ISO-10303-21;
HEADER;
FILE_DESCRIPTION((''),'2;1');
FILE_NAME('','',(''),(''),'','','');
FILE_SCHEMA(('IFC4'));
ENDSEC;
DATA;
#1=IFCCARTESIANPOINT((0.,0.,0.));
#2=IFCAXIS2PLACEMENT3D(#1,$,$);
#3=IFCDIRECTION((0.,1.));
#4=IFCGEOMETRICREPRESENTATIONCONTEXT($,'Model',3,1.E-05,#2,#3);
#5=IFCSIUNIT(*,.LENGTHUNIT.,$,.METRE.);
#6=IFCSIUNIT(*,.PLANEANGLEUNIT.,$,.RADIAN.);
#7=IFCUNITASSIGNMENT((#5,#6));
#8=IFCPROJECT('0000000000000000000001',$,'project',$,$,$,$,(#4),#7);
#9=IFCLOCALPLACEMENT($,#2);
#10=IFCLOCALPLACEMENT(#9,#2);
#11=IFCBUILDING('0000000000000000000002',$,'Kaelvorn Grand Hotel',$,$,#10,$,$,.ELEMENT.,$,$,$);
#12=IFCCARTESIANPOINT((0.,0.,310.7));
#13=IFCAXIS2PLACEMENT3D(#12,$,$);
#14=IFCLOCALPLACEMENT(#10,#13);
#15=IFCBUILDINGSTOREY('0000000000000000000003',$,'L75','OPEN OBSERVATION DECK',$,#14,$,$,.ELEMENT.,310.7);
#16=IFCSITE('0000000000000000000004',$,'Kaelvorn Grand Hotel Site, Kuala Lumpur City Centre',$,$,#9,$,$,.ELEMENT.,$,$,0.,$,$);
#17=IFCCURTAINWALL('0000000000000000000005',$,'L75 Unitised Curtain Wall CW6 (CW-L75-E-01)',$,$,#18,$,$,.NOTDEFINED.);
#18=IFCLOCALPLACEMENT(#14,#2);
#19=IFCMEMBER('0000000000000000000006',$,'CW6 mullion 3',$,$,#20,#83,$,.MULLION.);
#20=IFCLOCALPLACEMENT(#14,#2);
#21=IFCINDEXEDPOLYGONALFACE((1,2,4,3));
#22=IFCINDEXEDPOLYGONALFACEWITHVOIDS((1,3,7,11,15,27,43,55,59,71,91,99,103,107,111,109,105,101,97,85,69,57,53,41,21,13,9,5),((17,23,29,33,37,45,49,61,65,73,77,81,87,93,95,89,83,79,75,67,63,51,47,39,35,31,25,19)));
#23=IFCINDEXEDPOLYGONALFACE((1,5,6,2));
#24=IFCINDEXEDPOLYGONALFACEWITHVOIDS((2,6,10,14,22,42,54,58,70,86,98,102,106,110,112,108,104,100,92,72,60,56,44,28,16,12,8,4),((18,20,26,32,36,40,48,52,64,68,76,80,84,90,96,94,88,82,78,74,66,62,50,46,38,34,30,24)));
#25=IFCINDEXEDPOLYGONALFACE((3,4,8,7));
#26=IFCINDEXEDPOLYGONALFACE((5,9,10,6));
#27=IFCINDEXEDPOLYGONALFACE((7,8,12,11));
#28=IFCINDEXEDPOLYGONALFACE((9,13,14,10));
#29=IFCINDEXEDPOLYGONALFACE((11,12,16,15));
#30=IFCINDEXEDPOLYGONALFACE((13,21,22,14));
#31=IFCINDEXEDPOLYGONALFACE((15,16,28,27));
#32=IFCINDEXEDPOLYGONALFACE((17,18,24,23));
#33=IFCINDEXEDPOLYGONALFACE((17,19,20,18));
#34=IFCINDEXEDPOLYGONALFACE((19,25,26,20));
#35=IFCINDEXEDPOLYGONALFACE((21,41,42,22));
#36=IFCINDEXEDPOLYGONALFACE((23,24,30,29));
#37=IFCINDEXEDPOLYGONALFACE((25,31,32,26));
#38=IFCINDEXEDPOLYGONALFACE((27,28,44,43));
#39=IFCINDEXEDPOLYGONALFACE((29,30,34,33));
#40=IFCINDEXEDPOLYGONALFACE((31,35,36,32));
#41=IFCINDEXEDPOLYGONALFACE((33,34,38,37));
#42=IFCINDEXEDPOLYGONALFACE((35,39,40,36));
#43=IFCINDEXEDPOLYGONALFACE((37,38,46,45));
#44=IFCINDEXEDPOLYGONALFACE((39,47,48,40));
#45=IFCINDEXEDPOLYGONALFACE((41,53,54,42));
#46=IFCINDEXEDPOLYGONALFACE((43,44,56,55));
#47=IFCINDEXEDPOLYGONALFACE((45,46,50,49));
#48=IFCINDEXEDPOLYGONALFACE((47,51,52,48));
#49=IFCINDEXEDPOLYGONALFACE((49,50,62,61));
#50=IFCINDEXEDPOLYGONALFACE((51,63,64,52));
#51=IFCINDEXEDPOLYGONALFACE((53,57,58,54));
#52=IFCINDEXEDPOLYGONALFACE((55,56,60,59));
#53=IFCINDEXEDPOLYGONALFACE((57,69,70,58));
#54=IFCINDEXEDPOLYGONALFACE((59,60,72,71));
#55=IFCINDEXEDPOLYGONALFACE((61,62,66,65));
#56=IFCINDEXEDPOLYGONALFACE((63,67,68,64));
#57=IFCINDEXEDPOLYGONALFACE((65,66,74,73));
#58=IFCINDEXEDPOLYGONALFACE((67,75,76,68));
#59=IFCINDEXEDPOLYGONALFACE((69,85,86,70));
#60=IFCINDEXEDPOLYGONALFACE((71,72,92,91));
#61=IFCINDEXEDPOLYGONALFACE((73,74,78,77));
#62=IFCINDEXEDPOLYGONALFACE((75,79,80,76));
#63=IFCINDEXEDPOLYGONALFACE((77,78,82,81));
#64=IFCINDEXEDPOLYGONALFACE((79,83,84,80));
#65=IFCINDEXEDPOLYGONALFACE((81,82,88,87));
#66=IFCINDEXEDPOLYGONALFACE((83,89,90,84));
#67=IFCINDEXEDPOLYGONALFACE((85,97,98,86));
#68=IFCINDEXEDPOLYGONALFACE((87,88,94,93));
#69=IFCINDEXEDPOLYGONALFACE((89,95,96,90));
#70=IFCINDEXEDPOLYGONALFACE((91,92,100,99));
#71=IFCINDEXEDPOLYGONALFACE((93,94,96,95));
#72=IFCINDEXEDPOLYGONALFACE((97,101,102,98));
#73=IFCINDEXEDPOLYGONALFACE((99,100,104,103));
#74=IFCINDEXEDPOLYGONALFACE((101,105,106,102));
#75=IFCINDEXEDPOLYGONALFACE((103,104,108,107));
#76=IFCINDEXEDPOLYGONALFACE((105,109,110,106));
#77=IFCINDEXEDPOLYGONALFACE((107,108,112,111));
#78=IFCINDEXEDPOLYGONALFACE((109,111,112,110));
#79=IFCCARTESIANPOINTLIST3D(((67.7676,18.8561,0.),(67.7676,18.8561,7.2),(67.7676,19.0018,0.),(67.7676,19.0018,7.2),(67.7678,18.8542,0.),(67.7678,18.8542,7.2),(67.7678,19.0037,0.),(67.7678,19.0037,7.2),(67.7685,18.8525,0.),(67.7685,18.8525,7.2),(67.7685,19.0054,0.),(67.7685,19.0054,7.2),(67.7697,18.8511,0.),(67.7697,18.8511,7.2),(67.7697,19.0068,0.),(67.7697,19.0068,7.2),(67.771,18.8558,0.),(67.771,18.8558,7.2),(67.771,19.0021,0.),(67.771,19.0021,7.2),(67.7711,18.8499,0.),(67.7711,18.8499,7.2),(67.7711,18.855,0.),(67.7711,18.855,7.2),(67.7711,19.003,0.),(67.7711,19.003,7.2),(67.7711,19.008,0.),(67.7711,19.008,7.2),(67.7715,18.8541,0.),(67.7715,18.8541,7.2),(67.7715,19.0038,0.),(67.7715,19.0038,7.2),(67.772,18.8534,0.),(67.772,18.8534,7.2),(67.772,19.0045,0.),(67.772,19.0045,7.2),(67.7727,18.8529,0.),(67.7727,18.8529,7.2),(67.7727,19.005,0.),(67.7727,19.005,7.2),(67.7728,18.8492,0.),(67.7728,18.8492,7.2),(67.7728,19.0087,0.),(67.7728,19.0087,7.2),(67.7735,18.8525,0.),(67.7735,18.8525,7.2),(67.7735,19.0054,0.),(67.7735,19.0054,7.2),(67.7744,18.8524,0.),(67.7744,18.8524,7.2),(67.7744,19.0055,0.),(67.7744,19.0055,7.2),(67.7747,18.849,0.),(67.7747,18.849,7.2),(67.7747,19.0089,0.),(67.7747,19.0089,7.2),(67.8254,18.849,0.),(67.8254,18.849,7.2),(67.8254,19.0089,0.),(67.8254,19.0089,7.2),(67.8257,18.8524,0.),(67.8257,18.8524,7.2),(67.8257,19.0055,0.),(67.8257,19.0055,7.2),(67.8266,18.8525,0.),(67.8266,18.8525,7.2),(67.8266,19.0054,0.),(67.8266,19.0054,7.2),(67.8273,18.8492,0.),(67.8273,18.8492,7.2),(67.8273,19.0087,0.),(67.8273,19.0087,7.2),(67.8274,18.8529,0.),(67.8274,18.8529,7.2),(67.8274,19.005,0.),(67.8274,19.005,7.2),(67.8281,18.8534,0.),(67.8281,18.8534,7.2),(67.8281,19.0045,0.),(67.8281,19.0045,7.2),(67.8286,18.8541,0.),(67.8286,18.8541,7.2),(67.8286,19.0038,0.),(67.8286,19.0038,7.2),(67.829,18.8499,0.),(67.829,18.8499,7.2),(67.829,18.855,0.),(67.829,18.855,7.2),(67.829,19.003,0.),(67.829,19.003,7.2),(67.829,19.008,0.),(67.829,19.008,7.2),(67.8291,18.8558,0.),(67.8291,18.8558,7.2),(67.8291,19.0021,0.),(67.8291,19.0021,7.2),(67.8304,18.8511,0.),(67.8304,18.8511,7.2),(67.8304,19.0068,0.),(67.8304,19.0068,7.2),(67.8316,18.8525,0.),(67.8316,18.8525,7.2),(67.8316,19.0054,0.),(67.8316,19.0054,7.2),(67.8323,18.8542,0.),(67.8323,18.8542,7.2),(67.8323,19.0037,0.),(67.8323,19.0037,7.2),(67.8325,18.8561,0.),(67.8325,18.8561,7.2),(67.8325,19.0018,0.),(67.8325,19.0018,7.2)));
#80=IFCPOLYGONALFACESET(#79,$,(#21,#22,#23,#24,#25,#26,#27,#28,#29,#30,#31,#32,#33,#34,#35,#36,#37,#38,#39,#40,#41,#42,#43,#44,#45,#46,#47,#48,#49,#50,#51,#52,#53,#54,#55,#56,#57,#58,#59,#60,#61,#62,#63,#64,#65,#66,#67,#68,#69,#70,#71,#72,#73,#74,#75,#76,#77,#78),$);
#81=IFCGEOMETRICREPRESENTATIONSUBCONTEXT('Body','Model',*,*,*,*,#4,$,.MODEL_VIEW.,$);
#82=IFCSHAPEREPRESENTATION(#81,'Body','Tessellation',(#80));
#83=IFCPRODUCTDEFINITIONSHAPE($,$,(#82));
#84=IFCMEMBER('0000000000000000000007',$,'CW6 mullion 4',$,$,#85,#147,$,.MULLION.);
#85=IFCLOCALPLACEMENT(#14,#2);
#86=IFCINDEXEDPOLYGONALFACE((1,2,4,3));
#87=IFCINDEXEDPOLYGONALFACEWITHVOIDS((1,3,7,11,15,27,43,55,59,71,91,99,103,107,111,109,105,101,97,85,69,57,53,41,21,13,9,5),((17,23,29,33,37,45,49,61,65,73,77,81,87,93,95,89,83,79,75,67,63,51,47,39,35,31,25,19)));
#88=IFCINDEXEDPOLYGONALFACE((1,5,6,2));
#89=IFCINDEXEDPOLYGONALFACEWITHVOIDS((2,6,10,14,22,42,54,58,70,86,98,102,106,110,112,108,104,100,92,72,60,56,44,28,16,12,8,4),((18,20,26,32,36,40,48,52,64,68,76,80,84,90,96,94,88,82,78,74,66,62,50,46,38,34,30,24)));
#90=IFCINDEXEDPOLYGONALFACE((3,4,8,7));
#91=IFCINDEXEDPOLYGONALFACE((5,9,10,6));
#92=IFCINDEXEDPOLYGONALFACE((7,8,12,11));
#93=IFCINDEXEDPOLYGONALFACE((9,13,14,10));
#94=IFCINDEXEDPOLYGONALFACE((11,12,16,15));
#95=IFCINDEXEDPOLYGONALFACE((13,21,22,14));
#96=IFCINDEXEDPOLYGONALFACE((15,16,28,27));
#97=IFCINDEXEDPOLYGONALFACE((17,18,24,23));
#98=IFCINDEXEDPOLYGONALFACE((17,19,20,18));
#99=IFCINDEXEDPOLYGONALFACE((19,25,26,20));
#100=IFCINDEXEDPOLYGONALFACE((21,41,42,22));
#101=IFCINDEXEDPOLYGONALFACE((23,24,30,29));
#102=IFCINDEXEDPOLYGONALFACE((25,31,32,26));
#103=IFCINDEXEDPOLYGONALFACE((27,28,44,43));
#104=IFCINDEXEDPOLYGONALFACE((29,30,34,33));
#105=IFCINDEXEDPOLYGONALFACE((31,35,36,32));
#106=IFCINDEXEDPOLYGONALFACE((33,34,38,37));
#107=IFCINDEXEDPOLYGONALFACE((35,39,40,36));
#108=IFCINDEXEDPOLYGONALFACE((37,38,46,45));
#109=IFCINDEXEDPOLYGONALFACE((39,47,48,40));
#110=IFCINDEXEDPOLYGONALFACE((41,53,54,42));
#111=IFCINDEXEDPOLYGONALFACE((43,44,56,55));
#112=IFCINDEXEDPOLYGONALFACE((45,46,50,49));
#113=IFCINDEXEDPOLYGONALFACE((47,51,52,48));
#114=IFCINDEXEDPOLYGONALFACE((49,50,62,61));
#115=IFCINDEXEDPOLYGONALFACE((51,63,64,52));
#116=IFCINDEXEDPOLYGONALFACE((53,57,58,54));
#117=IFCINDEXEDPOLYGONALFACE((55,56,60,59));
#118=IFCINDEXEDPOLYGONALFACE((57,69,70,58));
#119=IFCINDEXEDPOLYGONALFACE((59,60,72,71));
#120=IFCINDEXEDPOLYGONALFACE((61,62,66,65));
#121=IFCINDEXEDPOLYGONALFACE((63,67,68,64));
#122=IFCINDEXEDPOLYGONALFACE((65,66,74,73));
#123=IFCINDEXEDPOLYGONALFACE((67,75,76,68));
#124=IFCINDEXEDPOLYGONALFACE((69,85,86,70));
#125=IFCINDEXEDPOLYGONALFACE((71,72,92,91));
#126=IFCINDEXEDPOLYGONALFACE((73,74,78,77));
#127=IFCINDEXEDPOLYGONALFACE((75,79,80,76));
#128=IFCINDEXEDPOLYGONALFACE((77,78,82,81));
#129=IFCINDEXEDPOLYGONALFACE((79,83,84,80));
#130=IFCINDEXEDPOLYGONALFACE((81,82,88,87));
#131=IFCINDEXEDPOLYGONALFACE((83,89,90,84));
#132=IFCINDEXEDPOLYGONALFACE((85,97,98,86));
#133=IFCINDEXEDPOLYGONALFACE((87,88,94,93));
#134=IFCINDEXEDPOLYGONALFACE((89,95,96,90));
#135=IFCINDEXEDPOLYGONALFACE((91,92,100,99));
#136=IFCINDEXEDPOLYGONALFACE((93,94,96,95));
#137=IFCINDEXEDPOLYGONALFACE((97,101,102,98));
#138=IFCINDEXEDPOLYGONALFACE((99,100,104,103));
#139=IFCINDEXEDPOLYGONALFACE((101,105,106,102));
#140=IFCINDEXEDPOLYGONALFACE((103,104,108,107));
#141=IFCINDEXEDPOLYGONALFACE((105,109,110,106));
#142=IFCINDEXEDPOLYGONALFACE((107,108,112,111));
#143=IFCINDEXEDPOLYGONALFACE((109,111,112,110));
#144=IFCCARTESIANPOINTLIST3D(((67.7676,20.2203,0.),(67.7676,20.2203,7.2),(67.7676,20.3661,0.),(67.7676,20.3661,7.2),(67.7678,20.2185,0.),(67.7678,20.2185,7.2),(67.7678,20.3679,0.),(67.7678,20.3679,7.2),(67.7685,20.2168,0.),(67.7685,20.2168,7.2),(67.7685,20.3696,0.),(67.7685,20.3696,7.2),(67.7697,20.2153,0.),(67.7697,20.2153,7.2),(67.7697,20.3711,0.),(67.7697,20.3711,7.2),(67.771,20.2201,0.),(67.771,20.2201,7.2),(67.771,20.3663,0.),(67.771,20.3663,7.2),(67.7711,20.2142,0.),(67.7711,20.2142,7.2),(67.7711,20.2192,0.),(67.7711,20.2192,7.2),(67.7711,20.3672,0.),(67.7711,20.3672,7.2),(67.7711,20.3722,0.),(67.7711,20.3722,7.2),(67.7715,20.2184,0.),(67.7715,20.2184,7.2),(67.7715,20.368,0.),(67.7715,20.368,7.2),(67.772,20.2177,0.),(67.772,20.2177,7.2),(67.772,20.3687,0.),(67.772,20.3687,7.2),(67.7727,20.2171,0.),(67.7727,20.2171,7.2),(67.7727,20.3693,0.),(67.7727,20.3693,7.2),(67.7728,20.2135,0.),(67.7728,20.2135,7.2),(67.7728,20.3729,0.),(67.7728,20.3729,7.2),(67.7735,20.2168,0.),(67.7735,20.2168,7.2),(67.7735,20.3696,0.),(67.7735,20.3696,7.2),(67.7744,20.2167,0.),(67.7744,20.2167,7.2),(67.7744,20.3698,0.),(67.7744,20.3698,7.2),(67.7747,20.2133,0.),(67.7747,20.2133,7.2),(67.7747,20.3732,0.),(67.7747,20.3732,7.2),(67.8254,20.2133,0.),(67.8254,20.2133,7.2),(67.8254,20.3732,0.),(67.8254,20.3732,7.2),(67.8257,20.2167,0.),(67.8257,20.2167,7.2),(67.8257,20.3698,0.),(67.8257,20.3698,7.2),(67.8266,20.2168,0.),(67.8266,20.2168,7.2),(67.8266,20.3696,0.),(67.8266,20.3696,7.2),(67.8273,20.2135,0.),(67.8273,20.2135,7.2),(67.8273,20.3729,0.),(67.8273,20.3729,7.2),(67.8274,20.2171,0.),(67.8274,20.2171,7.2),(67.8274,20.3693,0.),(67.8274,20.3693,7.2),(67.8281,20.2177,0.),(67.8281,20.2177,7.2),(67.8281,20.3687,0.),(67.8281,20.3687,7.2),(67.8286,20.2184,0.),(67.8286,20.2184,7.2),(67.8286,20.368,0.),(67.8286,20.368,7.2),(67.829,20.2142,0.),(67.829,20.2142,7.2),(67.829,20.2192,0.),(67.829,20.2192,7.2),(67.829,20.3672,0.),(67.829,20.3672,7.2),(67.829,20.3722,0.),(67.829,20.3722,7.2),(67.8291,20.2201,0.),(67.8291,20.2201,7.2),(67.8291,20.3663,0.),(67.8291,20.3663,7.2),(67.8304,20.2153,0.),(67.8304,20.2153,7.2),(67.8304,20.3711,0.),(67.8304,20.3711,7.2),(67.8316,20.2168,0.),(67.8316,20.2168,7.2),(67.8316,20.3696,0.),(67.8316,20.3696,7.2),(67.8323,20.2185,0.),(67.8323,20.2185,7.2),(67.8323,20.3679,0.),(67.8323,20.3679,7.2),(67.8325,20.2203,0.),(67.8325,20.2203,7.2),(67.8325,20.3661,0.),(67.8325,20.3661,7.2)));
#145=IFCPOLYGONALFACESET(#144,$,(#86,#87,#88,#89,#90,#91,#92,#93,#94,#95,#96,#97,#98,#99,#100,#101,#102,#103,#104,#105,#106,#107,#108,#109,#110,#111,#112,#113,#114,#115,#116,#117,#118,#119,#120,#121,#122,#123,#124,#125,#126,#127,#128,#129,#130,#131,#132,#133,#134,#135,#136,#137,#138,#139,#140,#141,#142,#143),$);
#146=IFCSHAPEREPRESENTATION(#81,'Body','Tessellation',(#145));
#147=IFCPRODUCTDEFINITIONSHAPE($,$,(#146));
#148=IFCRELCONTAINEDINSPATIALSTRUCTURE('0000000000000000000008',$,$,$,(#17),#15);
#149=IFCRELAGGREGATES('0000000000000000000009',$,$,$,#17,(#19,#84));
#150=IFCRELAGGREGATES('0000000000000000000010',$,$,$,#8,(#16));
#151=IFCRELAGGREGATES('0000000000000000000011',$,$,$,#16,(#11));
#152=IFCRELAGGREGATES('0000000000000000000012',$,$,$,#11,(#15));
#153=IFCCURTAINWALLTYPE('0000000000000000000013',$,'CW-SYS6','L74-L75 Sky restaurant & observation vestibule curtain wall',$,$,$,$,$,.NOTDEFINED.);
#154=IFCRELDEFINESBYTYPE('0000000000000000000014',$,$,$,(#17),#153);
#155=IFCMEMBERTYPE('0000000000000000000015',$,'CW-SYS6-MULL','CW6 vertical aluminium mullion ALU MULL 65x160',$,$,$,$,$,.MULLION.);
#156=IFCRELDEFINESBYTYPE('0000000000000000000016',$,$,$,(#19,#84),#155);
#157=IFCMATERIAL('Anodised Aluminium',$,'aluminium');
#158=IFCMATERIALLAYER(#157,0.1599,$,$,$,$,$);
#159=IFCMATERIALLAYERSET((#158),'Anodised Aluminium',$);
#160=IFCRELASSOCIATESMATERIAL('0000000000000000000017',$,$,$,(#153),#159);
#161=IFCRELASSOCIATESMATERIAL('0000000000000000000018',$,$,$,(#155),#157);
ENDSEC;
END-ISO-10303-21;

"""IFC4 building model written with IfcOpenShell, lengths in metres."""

from ifc_helpers import new_model, si_unit, direction, frame, origin, origin_2d, place, context, subcontext, project, spatial, hollow_rectangle, extrude, material, layer, layer_set, material_profile, profile_set, type_object, element, aggregate, save


model = new_model("IFC4")

# Units and contexts
model_context = context("Model", 3, precision=1e-05, world=origin(), true_north=direction((0.0, 1.0)))
body_context = subcontext(model_context, "Body", "Model", "MODEL_VIEW")
ifc_project = project(units=[si_unit("LENGTHUNIT", "METRE"), si_unit("PLANEANGLEUNIT", "RADIAN")], contexts=[model_context])

# Site, building, storey
site_placement = place(None, origin())
site = spatial("IfcSite", under=ifc_project, at=site_placement, Name="Kaelvorn Grand Hotel Site, Kuala Lumpur City Centre", CompositionType="ELEMENT", RefElevation=0.0)
building_placement = place(site_placement, origin())
building = spatial("IfcBuilding", under=site, at=building_placement, Name="Kaelvorn Grand Hotel", CompositionType="ELEMENT")
storey_placement = place(building_placement, frame((0.0, 0.0, 310.7)))
storey = spatial("IfcBuildingStorey", under=building, at=storey_placement, Name="L75", Description="OPEN OBSERVATION DECK", CompositionType="ELEMENT", Elevation=310.7)

# Curtain wall, members
ifc_material_1 = material(Name="Anodised Aluminium", Category="aluminium")
ifc_layer_1 = layer(ifc_material_1, 0.1599)
ifc_layer_set_1 = layer_set([ifc_layer_1], Name="Anodised Aluminium")
curtain_wall_type = type_object("IfcCurtainWallType", Name="CW-SYS6", Description="L74-L75 Sky restaurant & observation vestibule curtain wall", PredefinedType="NOTDEFINED", material=ifc_layer_set_1)
curtain_wall_placement = place(storey_placement, origin())
curtain_wall = element("IfcCurtainWall", 1, at=curtain_wall_placement, inside=storey, type_object=curtain_wall_type, Name="L75 Unitised Curtain Wall CW6 (CW-L75-E-01)", PredefinedType="NOTDEFINED")
ifc_material_profile_1 = material_profile(ifc_material_1, hollow_rectangle(XDim=0.0649, YDim=0.1599, WallThickness=0.0034, InnerFilletRadius=0.0034, OuterFilletRadius=0.0071, at=origin_2d()), Name="ALU MULL 65x160")
ifc_profile_set_1 = profile_set([ifc_material_profile_1], Name="Anodised Aluminium")
member_type_1 = type_object("IfcMemberType", Name="CW-SYS6-MULL", Description="CW6 vertical aluminium mullion ALU MULL 65x160", PredefinedType="MULLION", material=ifc_profile_set_1)
member_1_placement = place(storey_placement, frame((67.8, 18.929, 0.0), z_axis=(0.0, 0.0, 1.0), x_axis=(-1.0, 0.0, 0.0)))
member_1 = element("IfcMember", 2, at=member_1_placement, type_object=member_type_1, Name="CW6 mullion 3", PredefinedType="MULLION", context=body_context, shape_type="SweptSolid", body=[
    extrude(hollow_rectangle(XDim=0.0649, YDim=0.1599, WallThickness=0.0034, InnerFilletRadius=0.0034, OuterFilletRadius=0.0071, at=origin_2d()), origin(), (0.0, 0.0, 1.0), 7.2),
])
member_2_placement = place(storey_placement, frame((67.8, 20.2932, 0.0), z_axis=(0.0, 0.0, 1.0), x_axis=(-1.0, 0.0, 0.0)))
member_2 = element("IfcMember", 3, at=member_2_placement, type_object=member_type_1, Name="CW6 mullion 4", PredefinedType="MULLION", context=body_context, shape_type="SweptSolid", body=[
    extrude(hollow_rectangle(XDim=0.0649, YDim=0.1599, WallThickness=0.0034, InnerFilletRadius=0.0034, OuterFilletRadius=0.0071, at=origin_2d()), origin(), (0.0, 0.0, 1.0), 7.2),
])
aggregate(curtain_wall, [member_1, member_2])

save(model, "model.ifc")
